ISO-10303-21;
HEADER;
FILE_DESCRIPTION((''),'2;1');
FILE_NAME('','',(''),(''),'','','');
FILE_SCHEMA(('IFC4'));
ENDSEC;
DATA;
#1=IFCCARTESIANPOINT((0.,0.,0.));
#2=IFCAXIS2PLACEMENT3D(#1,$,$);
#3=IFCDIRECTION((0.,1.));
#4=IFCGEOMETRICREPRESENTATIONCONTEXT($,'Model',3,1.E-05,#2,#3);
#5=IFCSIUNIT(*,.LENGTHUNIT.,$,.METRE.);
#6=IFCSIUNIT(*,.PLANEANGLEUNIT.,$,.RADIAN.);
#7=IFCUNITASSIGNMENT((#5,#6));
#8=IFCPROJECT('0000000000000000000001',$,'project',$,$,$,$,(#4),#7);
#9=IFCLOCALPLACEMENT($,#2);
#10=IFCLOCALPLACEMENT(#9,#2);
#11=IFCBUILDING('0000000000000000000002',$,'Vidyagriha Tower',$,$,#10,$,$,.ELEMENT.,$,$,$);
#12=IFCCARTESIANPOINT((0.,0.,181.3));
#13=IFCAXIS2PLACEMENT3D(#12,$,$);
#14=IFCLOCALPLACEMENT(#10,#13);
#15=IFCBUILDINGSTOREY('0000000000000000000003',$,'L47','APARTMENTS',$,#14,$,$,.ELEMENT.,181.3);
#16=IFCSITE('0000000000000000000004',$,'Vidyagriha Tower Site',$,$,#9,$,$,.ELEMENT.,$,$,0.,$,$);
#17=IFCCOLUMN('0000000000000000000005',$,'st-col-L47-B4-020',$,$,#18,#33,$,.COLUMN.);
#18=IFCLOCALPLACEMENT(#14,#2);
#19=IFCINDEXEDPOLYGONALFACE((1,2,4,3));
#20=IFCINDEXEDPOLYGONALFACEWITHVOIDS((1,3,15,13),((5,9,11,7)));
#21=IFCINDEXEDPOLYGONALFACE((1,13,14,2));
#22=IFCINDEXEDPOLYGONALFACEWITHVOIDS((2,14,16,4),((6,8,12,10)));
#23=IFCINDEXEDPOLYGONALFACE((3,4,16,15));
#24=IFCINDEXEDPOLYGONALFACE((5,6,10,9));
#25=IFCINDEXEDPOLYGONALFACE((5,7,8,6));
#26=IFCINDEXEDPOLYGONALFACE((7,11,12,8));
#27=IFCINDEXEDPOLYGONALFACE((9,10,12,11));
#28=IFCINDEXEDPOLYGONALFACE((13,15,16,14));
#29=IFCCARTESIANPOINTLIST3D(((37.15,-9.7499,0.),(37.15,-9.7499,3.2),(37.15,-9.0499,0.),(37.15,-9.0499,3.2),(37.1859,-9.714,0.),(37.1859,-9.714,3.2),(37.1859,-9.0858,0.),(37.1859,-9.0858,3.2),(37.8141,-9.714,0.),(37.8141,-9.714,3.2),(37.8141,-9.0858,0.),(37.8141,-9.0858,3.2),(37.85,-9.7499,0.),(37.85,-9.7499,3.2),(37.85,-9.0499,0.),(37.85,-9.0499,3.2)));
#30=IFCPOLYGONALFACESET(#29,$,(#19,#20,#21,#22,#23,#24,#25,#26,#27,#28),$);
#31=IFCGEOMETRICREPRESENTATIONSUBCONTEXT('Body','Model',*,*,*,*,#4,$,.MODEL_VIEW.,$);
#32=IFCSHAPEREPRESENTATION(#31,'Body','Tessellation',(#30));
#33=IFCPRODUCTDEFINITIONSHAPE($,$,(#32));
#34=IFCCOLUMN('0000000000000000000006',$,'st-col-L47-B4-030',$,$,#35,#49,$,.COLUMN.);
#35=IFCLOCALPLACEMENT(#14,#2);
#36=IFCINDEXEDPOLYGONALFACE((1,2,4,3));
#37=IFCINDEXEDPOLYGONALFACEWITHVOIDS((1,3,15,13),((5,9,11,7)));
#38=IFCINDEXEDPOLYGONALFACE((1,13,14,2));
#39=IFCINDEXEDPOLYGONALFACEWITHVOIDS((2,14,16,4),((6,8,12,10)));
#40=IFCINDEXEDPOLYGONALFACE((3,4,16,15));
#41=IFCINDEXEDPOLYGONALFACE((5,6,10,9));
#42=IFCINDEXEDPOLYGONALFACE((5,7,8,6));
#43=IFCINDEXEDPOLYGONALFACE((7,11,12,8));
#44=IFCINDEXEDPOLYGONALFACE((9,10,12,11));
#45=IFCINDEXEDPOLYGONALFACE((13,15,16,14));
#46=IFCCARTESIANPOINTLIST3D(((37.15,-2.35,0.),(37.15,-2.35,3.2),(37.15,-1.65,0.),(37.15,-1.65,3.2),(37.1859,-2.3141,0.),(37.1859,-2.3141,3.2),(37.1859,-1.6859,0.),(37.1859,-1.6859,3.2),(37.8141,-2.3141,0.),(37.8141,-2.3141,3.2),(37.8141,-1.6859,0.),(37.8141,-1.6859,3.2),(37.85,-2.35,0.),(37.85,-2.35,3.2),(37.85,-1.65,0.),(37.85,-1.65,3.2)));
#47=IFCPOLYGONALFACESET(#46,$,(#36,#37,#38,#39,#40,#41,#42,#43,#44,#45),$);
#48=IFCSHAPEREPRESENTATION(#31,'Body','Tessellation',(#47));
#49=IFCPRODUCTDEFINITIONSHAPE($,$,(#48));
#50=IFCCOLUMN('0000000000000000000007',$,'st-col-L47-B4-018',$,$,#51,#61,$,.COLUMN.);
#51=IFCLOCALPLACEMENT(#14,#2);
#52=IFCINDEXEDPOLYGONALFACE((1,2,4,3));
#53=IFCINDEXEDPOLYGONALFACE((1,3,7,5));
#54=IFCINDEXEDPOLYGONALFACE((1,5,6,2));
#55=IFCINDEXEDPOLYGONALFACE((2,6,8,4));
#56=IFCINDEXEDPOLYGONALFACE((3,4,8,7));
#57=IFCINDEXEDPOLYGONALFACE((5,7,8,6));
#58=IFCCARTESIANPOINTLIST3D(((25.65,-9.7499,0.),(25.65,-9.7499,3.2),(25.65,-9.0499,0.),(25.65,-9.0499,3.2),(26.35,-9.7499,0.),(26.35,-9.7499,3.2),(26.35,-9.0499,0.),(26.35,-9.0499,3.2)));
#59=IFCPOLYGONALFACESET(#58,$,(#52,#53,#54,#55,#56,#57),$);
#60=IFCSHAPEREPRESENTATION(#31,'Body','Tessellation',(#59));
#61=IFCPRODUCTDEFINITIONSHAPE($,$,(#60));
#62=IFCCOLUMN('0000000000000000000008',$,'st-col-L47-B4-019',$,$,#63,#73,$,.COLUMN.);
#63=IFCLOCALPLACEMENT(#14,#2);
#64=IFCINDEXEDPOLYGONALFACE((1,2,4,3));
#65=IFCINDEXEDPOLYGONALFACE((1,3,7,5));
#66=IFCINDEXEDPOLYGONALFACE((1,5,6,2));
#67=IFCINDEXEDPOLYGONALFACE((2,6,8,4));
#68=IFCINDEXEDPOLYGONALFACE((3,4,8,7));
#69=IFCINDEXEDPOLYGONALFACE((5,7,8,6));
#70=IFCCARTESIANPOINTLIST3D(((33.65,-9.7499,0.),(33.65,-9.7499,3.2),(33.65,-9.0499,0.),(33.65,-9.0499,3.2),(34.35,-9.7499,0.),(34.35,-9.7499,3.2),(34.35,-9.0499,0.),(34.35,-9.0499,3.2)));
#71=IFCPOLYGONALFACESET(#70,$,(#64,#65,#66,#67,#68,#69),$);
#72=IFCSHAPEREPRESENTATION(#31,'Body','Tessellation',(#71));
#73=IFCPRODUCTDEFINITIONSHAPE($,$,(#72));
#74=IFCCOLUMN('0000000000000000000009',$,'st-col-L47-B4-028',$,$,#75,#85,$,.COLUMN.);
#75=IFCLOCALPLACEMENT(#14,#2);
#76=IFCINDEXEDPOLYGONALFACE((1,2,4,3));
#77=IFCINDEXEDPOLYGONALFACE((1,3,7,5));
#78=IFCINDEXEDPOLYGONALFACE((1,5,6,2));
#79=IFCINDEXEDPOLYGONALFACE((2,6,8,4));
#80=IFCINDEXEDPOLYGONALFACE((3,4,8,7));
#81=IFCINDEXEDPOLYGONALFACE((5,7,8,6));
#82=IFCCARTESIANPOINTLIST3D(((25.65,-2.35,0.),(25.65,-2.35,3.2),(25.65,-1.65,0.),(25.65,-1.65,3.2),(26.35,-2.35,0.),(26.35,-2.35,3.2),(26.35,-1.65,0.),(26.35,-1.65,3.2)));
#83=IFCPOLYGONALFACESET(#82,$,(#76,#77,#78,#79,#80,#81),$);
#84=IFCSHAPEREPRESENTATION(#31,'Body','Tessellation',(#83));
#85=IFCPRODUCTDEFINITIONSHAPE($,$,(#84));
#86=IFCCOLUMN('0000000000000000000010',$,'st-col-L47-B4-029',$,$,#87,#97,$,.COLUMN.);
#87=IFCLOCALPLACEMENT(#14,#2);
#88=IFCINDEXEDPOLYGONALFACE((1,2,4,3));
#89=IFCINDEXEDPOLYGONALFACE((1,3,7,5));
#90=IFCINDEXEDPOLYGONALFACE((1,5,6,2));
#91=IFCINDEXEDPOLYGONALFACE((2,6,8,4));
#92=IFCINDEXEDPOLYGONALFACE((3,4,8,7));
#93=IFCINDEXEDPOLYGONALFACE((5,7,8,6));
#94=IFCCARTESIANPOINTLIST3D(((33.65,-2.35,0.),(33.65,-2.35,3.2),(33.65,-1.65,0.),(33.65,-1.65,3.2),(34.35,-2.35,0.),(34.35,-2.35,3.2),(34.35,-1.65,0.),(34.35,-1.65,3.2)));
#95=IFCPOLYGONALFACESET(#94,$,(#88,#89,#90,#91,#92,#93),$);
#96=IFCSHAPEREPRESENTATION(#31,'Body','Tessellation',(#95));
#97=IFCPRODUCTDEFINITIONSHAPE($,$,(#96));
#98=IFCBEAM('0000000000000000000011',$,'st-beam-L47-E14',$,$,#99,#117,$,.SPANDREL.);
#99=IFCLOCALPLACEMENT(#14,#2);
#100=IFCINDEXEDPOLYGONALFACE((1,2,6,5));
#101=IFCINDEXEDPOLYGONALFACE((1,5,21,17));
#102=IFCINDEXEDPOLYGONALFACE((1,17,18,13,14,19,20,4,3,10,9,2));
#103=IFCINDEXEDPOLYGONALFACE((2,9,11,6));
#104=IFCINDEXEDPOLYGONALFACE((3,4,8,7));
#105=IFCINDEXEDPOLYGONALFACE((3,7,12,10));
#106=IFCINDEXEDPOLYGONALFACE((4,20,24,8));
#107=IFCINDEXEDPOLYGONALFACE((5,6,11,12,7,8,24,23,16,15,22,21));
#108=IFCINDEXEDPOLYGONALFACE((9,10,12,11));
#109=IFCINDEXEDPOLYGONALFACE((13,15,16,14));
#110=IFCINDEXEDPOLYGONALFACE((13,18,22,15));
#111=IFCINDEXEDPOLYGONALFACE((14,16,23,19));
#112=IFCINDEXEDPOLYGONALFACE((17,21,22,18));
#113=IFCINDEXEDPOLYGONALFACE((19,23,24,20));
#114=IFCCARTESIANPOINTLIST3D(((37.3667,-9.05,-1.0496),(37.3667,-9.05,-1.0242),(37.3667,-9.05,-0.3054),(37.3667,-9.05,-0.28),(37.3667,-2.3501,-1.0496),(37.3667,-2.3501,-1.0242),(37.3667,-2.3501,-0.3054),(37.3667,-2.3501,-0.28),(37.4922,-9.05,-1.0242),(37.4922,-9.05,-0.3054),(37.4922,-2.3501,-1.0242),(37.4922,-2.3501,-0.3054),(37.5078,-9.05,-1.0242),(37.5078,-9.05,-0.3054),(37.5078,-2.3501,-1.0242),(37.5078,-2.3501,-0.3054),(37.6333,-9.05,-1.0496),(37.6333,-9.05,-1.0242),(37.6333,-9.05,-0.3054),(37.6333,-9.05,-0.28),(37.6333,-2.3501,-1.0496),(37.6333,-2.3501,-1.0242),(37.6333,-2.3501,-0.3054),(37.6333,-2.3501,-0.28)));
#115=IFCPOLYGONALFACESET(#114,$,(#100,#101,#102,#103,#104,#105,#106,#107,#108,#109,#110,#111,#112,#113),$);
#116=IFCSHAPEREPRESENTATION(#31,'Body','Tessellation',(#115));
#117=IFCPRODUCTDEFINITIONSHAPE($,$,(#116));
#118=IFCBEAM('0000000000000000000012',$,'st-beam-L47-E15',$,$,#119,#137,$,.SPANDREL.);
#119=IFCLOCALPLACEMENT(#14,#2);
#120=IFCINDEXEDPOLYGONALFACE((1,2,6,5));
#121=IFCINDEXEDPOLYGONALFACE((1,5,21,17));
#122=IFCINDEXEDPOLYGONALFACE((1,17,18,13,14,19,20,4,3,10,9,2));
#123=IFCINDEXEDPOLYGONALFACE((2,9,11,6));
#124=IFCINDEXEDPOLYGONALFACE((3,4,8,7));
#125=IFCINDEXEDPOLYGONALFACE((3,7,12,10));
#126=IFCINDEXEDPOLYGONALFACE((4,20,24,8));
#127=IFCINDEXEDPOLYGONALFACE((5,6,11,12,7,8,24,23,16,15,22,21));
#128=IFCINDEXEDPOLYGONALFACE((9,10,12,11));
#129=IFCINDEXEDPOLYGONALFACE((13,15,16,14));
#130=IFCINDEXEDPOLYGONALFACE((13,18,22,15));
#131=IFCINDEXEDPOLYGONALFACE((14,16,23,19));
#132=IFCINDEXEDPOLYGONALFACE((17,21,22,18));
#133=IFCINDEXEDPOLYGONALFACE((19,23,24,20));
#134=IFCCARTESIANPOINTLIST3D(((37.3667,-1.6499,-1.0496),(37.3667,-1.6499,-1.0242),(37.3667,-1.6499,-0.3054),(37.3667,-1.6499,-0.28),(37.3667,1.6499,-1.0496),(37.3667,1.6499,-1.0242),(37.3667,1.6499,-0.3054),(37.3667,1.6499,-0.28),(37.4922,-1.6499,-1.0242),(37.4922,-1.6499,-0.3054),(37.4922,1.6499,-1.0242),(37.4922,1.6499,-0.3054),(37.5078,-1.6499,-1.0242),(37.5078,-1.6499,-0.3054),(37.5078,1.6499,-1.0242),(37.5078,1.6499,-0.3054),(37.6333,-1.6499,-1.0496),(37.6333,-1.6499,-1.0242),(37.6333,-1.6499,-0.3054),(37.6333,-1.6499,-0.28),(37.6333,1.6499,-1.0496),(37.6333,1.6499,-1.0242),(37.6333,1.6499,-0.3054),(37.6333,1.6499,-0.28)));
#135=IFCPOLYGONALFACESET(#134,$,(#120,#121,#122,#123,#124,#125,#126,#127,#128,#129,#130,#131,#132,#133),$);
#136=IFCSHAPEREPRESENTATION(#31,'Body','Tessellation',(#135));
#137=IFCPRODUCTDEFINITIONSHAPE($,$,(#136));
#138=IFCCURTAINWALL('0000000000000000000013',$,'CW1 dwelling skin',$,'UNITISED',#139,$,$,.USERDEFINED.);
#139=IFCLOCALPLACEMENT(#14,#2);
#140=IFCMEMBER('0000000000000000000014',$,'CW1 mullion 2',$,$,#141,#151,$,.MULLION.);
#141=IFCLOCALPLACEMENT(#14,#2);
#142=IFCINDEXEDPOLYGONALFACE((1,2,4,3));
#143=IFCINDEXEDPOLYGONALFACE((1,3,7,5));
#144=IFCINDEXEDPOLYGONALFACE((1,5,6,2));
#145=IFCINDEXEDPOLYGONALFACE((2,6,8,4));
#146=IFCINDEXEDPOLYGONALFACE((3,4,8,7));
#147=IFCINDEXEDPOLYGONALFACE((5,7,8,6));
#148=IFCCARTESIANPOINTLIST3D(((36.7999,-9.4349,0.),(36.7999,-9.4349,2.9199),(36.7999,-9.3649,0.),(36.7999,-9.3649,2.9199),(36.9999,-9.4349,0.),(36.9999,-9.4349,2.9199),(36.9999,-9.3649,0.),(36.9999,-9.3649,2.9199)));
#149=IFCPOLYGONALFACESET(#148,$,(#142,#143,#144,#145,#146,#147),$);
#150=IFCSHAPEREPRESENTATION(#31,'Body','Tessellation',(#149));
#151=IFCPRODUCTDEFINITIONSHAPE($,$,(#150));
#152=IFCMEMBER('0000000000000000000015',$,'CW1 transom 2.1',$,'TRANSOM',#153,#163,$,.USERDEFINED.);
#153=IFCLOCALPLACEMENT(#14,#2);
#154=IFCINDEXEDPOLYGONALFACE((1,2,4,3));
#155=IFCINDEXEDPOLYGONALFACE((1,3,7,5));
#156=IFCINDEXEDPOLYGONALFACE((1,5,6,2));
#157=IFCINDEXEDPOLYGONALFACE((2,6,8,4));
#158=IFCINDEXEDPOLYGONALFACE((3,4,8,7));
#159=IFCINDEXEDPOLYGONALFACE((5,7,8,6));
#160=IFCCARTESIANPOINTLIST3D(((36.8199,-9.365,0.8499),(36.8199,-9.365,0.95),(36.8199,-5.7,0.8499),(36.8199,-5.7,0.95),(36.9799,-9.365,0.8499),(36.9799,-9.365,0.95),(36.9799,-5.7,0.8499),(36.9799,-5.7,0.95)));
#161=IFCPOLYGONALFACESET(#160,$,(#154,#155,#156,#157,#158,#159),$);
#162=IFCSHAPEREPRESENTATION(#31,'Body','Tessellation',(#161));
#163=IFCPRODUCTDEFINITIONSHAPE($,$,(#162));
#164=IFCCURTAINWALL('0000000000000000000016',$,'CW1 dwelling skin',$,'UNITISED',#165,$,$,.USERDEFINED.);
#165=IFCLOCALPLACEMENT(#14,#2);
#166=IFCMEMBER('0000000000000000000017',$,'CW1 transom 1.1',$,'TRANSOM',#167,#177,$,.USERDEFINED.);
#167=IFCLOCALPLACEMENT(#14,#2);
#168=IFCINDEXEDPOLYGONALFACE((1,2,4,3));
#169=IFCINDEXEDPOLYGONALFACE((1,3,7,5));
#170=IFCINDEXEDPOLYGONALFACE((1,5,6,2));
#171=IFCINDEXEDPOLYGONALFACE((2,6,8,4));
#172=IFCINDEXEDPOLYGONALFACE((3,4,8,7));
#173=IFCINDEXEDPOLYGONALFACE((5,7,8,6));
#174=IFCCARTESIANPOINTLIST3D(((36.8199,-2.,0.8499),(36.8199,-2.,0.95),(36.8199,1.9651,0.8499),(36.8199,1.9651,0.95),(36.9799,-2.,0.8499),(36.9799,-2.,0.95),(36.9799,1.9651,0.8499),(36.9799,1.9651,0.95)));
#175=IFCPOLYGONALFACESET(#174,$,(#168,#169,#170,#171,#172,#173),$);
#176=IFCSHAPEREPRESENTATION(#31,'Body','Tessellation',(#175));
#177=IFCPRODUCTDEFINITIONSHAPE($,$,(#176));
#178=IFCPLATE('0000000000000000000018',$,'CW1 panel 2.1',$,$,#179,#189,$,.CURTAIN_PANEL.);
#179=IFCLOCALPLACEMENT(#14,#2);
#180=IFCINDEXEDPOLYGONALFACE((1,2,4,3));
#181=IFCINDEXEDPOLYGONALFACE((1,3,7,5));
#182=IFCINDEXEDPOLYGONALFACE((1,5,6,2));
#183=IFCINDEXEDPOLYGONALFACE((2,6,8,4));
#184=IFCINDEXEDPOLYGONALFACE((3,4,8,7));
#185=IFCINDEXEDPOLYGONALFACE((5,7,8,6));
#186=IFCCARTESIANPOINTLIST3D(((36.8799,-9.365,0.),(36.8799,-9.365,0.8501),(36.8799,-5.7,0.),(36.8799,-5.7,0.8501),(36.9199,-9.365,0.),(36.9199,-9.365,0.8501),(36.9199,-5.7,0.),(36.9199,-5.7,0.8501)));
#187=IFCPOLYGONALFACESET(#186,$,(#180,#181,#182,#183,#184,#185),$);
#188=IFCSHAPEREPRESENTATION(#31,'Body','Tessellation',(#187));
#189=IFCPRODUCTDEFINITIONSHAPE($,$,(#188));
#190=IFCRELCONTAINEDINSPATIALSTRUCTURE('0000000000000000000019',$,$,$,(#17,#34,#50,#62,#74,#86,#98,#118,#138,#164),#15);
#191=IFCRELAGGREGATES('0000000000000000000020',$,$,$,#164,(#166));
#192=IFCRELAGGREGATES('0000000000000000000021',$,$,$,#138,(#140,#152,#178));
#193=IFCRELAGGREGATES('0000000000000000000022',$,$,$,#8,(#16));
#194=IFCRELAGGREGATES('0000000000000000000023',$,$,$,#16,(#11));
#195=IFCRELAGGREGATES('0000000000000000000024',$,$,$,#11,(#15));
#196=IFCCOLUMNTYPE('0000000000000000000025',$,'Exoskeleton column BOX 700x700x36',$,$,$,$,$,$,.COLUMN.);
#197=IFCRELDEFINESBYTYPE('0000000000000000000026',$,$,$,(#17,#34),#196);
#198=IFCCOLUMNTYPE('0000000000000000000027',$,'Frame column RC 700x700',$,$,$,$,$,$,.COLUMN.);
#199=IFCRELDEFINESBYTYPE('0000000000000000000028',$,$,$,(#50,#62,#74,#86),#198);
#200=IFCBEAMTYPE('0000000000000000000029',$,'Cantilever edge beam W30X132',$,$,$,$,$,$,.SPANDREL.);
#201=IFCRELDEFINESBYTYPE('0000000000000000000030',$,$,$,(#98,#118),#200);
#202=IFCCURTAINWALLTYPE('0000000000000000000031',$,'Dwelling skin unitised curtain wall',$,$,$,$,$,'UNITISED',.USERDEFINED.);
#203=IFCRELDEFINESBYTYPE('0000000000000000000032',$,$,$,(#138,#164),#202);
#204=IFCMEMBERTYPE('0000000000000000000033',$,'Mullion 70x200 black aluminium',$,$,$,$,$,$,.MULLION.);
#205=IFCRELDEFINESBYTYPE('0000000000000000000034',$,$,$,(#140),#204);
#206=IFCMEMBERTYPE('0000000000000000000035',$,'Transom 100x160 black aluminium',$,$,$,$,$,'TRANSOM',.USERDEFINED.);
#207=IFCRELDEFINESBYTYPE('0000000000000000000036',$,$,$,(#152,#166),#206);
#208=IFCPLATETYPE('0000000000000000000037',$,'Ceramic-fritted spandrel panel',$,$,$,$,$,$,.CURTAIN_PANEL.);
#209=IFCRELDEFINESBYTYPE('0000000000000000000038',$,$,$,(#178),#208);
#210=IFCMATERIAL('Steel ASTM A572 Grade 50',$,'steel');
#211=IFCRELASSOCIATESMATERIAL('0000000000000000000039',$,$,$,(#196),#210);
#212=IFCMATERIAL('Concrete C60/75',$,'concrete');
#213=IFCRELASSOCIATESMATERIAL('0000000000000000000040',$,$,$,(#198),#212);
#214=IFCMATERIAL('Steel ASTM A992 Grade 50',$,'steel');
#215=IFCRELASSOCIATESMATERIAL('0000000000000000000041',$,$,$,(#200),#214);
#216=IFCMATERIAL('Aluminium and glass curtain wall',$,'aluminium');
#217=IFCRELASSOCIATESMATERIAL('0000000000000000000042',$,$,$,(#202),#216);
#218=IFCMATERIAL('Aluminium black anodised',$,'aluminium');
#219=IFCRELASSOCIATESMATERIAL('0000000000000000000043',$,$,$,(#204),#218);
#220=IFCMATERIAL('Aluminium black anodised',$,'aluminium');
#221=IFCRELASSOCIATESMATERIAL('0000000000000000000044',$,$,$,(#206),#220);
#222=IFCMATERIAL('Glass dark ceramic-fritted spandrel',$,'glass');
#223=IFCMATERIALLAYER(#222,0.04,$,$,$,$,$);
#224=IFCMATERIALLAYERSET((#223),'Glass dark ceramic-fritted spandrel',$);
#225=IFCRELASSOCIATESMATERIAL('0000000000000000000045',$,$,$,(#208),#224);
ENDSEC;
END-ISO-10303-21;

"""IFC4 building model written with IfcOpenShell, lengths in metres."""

from ifc_helpers import new_model, si_unit, direction, frame, origin, origin_2d, place, context, subcontext, project, spatial, rectangle, hollow_rectangle, i_section, extrude, material, layer, layer_set, material_profile, profile_set, type_object, element, aggregate, save


model = new_model("IFC4")

# Units and contexts
model_context = context("Model", 3, precision=1e-05, world=origin(), true_north=direction((0.0, 1.0)))
body_context = subcontext(model_context, "Body", "Model", "MODEL_VIEW")
ifc_project = project(units=[si_unit("LENGTHUNIT", "METRE"), si_unit("PLANEANGLEUNIT", "RADIAN")], contexts=[model_context])

# Site, building, storey
site_placement = place(None, origin())
site = spatial("IfcSite", under=ifc_project, at=site_placement, Name="Vidyagriha Tower Site", CompositionType="ELEMENT", RefElevation=0.0)
building_placement = place(site_placement, origin())
building = spatial("IfcBuilding", under=site, at=building_placement, Name="Vidyagriha Tower", CompositionType="ELEMENT")
storey_placement = place(building_placement, frame((0.0, 0.0, 181.3)))
storey = spatial("IfcBuildingStorey", under=building, at=storey_placement, Name="L47", Description="APARTMENTS", CompositionType="ELEMENT", Elevation=181.3)

# Columns
ifc_material_1 = material(Name="Steel ASTM A572 Grade 50", Category="steel")
ifc_material_profile_1 = material_profile(ifc_material_1, hollow_rectangle(XDim=0.7, YDim=0.7, WallThickness=0.0359, at=origin_2d()), Name="BOX 700x700x36")
ifc_profile_set_1 = profile_set([ifc_material_profile_1], Name="Steel ASTM A572 Grade 50")
column_type_1 = type_object("IfcColumnType", Name="Exoskeleton column BOX 700x700x36", PredefinedType="COLUMN", material=ifc_profile_set_1)
for number, where, name in (
    (1, (37.5, -9.3999, 0.0), "st-col-L47-B4-020"),
    (2, (37.5, -2.0, 0.0), "st-col-L47-B4-030"),
):
    element("IfcColumn", number, at=place(storey_placement, frame(where)), inside=storey, type_object=column_type_1, Name=name, PredefinedType="COLUMN", context=body_context, shape_type="SweptSolid", body=[
        extrude(hollow_rectangle(XDim=0.7, YDim=0.7, WallThickness=0.0359, at=origin_2d()), origin(), (0.0, 0.0, 1.0), 3.2),
    ])
ifc_material_2 = material(Name="Concrete C60/75", Category="concrete")
ifc_material_profile_2 = material_profile(ifc_material_2, rectangle(XDim=0.7, YDim=0.7, at=origin_2d()), Name="RC 700x700")
ifc_profile_set_2 = profile_set([ifc_material_profile_2], Name="Concrete C60/75")
column_type_2 = type_object("IfcColumnType", Name="Frame column RC 700x700", PredefinedType="COLUMN", material=ifc_profile_set_2)
for number, where, name in (
    (3, (26.0, -9.3999, 0.0), "st-col-L47-B4-018"),
    (4, (34.0, -9.3999, 0.0), "st-col-L47-B4-019"),
    (5, (26.0, -2.0, 0.0), "st-col-L47-B4-028"),
    (6, (34.0, -2.0, 0.0), "st-col-L47-B4-029"),
):
    element("IfcColumn", number, at=place(storey_placement, frame(where)), inside=storey, type_object=column_type_2, Name=name, PredefinedType="COLUMN", context=body_context, shape_type="SweptSolid", body=[
        extrude(rectangle(XDim=0.7, YDim=0.7, at=origin_2d()), origin(), (0.0, 0.0, 1.0), 3.2),
    ])

# Beams
ifc_material_3 = material(Name="Steel ASTM A992 Grade 50", Category="steel")
ifc_material_profile_3 = material_profile(ifc_material_3, i_section(OverallWidth=0.2666, OverallDepth=0.7695, WebThickness=0.0156, FlangeThickness=0.0254, at=origin_2d()), Name="W30X132")
ifc_profile_set_3 = profile_set([ifc_material_profile_3], Name="Steel ASTM A992 Grade 50")
beam_type = type_object("IfcBeamType", Name="Cantilever edge beam W30X132", PredefinedType="SPANDREL", material=ifc_profile_set_3)
beam_1_placement = place(storey_placement, frame((37.5, -9.05, -0.6648), z_axis=(0.0, 1.0, 0.0), x_axis=(-1.0, 0.0, 0.0)))
element("IfcBeam", 7, at=beam_1_placement, inside=storey, type_object=beam_type, Name="st-beam-L47-E14", PredefinedType="SPANDREL", context=body_context, shape_type="SweptSolid", body=[
    extrude(i_section(OverallWidth=0.2666, OverallDepth=0.7695, WebThickness=0.0156, FlangeThickness=0.0254, at=origin_2d()), origin(), (0.0, 0.0, 1.0), 6.7),
])
beam_2_placement = place(storey_placement, frame((37.5, -1.6499, -0.6648), z_axis=(0.0, 1.0, 0.0), x_axis=(-1.0, 0.0, 0.0)))
element("IfcBeam", 8, at=beam_2_placement, inside=storey, type_object=beam_type, Name="st-beam-L47-E15", PredefinedType="SPANDREL", context=body_context, shape_type="SweptSolid", body=[
    extrude(i_section(OverallWidth=0.2666, OverallDepth=0.7695, WebThickness=0.0156, FlangeThickness=0.0254, at=origin_2d()), origin(), (0.0, 0.0, 1.0), 3.2998),
])

# Curtain wall, members
ifc_material_4 = material(Name="Aluminium and glass curtain wall", Category="aluminium")
curtain_wall_type = type_object("IfcCurtainWallType", Name="Dwelling skin unitised curtain wall", ElementType="UNITISED", PredefinedType="USERDEFINED", material=ifc_material_4)
curtain_wall_1_placement = place(storey_placement, origin())
curtain_wall_1 = element("IfcCurtainWall", 9, at=curtain_wall_1_placement, inside=storey, type_object=curtain_wall_type, Name="CW1 dwelling skin", ObjectType="UNITISED", PredefinedType="USERDEFINED")
ifc_material_5 = material(Name="Aluminium black anodised", Category="aluminium")
ifc_material_profile_4 = material_profile(ifc_material_5, rectangle(XDim=0.2, YDim=0.0701, at=origin_2d()), Name="Mullion 70x200 black aluminium")
ifc_profile_set_4 = profile_set([ifc_material_profile_4], Name="Aluminium black anodised")
member_type_1 = type_object("IfcMemberType", Name="Mullion 70x200 black aluminium", PredefinedType="MULLION", material=ifc_profile_set_4)
member_1_placement = place(storey_placement, frame((36.8999, -9.3999, 0.0), z_axis=(0.0, 0.0, 1.0), x_axis=(-1.0, 0.0, 0.0)))
member_1 = element("IfcMember", 10, at=member_1_placement, type_object=member_type_1, Name="CW1 mullion 2", PredefinedType="MULLION", context=body_context, shape_type="SweptSolid", body=[
    extrude(rectangle(XDim=0.2, YDim=0.0701, at=origin_2d()), origin(), (0.0, 0.0, 1.0), 2.9199),
])
ifc_material_6 = material(Name="Aluminium black anodised", Category="aluminium")
ifc_material_profile_5 = material_profile(ifc_material_6, rectangle(XDim=0.1599, YDim=0.1001, at=origin_2d()), Name="Transom 100x160 black aluminium")
ifc_profile_set_5 = profile_set([ifc_material_profile_5], Name="Aluminium black anodised")
member_type_2 = type_object("IfcMemberType", Name="Transom 100x160 black aluminium", ElementType="TRANSOM", PredefinedType="USERDEFINED", material=ifc_profile_set_5)
member_2_placement = place(storey_placement, frame((36.8999, -9.365, 0.8999), z_axis=(0.0, 1.0, 0.0), x_axis=(-1.0, 0.0, 0.0)))
member_2 = element("IfcMember", 11, at=member_2_placement, type_object=member_type_2, Name="CW1 transom 2.1", ObjectType="TRANSOM", PredefinedType="USERDEFINED", context=body_context, shape_type="SweptSolid", body=[
    extrude(rectangle(XDim=0.1599, YDim=0.1001, at=origin_2d()), origin(), (0.0, 0.0, 1.0), 3.665),
])

# Curtain wall, member
curtain_wall_2_placement = place(storey_placement, origin())
curtain_wall_2 = element("IfcCurtainWall", 12, at=curtain_wall_2_placement, inside=storey, type_object=curtain_wall_type, Name="CW1 dwelling skin", ObjectType="UNITISED", PredefinedType="USERDEFINED")
member_3_placement = place(storey_placement, frame((36.8999, -2.0, 0.8999), z_axis=(0.0, 1.0, 0.0), x_axis=(-1.0, 0.0, 0.0)))
member_3 = element("IfcMember", 13, at=member_3_placement, type_object=member_type_2, Name="CW1 transom 1.1", ObjectType="TRANSOM", PredefinedType="USERDEFINED", context=body_context, shape_type="SweptSolid", body=[
    extrude(rectangle(XDim=0.1599, YDim=0.1001, at=origin_2d()), origin(), (0.0, 0.0, 1.0), 3.9651),
])
aggregate(curtain_wall_2, [member_3])

# Plate
ifc_material_7 = material(Name="Glass dark ceramic-fritted spandrel", Category="glass")
ifc_layer_1 = layer(ifc_material_7, 0.04)
ifc_layer_set_1 = layer_set([ifc_layer_1], Name="Glass dark ceramic-fritted spandrel")
plate_type_1 = type_object("IfcPlateType", Name="Ceramic-fritted spandrel panel", PredefinedType="CURTAIN_PANEL", material=ifc_layer_set_1)
plate_1_placement = place(storey_placement, frame((36.8999, -7.5325, 0.0), z_axis=(0.0, 0.0, 1.0), x_axis=(0.0, 1.0, 0.0)))
plate_1 = element("IfcPlate", 14, at=plate_1_placement, type_object=plate_type_1, Name="CW1 panel 2.1", PredefinedType="CURTAIN_PANEL", context=body_context, shape_type="SweptSolid", body=[
    extrude(rectangle(XDim=3.665, YDim=0.04, at=origin_2d()), origin(), (0.0, 0.0, 1.0), 0.8501),
])
aggregate(curtain_wall_1, [member_1, member_2, plate_1])

save(model, "model.ifc")
